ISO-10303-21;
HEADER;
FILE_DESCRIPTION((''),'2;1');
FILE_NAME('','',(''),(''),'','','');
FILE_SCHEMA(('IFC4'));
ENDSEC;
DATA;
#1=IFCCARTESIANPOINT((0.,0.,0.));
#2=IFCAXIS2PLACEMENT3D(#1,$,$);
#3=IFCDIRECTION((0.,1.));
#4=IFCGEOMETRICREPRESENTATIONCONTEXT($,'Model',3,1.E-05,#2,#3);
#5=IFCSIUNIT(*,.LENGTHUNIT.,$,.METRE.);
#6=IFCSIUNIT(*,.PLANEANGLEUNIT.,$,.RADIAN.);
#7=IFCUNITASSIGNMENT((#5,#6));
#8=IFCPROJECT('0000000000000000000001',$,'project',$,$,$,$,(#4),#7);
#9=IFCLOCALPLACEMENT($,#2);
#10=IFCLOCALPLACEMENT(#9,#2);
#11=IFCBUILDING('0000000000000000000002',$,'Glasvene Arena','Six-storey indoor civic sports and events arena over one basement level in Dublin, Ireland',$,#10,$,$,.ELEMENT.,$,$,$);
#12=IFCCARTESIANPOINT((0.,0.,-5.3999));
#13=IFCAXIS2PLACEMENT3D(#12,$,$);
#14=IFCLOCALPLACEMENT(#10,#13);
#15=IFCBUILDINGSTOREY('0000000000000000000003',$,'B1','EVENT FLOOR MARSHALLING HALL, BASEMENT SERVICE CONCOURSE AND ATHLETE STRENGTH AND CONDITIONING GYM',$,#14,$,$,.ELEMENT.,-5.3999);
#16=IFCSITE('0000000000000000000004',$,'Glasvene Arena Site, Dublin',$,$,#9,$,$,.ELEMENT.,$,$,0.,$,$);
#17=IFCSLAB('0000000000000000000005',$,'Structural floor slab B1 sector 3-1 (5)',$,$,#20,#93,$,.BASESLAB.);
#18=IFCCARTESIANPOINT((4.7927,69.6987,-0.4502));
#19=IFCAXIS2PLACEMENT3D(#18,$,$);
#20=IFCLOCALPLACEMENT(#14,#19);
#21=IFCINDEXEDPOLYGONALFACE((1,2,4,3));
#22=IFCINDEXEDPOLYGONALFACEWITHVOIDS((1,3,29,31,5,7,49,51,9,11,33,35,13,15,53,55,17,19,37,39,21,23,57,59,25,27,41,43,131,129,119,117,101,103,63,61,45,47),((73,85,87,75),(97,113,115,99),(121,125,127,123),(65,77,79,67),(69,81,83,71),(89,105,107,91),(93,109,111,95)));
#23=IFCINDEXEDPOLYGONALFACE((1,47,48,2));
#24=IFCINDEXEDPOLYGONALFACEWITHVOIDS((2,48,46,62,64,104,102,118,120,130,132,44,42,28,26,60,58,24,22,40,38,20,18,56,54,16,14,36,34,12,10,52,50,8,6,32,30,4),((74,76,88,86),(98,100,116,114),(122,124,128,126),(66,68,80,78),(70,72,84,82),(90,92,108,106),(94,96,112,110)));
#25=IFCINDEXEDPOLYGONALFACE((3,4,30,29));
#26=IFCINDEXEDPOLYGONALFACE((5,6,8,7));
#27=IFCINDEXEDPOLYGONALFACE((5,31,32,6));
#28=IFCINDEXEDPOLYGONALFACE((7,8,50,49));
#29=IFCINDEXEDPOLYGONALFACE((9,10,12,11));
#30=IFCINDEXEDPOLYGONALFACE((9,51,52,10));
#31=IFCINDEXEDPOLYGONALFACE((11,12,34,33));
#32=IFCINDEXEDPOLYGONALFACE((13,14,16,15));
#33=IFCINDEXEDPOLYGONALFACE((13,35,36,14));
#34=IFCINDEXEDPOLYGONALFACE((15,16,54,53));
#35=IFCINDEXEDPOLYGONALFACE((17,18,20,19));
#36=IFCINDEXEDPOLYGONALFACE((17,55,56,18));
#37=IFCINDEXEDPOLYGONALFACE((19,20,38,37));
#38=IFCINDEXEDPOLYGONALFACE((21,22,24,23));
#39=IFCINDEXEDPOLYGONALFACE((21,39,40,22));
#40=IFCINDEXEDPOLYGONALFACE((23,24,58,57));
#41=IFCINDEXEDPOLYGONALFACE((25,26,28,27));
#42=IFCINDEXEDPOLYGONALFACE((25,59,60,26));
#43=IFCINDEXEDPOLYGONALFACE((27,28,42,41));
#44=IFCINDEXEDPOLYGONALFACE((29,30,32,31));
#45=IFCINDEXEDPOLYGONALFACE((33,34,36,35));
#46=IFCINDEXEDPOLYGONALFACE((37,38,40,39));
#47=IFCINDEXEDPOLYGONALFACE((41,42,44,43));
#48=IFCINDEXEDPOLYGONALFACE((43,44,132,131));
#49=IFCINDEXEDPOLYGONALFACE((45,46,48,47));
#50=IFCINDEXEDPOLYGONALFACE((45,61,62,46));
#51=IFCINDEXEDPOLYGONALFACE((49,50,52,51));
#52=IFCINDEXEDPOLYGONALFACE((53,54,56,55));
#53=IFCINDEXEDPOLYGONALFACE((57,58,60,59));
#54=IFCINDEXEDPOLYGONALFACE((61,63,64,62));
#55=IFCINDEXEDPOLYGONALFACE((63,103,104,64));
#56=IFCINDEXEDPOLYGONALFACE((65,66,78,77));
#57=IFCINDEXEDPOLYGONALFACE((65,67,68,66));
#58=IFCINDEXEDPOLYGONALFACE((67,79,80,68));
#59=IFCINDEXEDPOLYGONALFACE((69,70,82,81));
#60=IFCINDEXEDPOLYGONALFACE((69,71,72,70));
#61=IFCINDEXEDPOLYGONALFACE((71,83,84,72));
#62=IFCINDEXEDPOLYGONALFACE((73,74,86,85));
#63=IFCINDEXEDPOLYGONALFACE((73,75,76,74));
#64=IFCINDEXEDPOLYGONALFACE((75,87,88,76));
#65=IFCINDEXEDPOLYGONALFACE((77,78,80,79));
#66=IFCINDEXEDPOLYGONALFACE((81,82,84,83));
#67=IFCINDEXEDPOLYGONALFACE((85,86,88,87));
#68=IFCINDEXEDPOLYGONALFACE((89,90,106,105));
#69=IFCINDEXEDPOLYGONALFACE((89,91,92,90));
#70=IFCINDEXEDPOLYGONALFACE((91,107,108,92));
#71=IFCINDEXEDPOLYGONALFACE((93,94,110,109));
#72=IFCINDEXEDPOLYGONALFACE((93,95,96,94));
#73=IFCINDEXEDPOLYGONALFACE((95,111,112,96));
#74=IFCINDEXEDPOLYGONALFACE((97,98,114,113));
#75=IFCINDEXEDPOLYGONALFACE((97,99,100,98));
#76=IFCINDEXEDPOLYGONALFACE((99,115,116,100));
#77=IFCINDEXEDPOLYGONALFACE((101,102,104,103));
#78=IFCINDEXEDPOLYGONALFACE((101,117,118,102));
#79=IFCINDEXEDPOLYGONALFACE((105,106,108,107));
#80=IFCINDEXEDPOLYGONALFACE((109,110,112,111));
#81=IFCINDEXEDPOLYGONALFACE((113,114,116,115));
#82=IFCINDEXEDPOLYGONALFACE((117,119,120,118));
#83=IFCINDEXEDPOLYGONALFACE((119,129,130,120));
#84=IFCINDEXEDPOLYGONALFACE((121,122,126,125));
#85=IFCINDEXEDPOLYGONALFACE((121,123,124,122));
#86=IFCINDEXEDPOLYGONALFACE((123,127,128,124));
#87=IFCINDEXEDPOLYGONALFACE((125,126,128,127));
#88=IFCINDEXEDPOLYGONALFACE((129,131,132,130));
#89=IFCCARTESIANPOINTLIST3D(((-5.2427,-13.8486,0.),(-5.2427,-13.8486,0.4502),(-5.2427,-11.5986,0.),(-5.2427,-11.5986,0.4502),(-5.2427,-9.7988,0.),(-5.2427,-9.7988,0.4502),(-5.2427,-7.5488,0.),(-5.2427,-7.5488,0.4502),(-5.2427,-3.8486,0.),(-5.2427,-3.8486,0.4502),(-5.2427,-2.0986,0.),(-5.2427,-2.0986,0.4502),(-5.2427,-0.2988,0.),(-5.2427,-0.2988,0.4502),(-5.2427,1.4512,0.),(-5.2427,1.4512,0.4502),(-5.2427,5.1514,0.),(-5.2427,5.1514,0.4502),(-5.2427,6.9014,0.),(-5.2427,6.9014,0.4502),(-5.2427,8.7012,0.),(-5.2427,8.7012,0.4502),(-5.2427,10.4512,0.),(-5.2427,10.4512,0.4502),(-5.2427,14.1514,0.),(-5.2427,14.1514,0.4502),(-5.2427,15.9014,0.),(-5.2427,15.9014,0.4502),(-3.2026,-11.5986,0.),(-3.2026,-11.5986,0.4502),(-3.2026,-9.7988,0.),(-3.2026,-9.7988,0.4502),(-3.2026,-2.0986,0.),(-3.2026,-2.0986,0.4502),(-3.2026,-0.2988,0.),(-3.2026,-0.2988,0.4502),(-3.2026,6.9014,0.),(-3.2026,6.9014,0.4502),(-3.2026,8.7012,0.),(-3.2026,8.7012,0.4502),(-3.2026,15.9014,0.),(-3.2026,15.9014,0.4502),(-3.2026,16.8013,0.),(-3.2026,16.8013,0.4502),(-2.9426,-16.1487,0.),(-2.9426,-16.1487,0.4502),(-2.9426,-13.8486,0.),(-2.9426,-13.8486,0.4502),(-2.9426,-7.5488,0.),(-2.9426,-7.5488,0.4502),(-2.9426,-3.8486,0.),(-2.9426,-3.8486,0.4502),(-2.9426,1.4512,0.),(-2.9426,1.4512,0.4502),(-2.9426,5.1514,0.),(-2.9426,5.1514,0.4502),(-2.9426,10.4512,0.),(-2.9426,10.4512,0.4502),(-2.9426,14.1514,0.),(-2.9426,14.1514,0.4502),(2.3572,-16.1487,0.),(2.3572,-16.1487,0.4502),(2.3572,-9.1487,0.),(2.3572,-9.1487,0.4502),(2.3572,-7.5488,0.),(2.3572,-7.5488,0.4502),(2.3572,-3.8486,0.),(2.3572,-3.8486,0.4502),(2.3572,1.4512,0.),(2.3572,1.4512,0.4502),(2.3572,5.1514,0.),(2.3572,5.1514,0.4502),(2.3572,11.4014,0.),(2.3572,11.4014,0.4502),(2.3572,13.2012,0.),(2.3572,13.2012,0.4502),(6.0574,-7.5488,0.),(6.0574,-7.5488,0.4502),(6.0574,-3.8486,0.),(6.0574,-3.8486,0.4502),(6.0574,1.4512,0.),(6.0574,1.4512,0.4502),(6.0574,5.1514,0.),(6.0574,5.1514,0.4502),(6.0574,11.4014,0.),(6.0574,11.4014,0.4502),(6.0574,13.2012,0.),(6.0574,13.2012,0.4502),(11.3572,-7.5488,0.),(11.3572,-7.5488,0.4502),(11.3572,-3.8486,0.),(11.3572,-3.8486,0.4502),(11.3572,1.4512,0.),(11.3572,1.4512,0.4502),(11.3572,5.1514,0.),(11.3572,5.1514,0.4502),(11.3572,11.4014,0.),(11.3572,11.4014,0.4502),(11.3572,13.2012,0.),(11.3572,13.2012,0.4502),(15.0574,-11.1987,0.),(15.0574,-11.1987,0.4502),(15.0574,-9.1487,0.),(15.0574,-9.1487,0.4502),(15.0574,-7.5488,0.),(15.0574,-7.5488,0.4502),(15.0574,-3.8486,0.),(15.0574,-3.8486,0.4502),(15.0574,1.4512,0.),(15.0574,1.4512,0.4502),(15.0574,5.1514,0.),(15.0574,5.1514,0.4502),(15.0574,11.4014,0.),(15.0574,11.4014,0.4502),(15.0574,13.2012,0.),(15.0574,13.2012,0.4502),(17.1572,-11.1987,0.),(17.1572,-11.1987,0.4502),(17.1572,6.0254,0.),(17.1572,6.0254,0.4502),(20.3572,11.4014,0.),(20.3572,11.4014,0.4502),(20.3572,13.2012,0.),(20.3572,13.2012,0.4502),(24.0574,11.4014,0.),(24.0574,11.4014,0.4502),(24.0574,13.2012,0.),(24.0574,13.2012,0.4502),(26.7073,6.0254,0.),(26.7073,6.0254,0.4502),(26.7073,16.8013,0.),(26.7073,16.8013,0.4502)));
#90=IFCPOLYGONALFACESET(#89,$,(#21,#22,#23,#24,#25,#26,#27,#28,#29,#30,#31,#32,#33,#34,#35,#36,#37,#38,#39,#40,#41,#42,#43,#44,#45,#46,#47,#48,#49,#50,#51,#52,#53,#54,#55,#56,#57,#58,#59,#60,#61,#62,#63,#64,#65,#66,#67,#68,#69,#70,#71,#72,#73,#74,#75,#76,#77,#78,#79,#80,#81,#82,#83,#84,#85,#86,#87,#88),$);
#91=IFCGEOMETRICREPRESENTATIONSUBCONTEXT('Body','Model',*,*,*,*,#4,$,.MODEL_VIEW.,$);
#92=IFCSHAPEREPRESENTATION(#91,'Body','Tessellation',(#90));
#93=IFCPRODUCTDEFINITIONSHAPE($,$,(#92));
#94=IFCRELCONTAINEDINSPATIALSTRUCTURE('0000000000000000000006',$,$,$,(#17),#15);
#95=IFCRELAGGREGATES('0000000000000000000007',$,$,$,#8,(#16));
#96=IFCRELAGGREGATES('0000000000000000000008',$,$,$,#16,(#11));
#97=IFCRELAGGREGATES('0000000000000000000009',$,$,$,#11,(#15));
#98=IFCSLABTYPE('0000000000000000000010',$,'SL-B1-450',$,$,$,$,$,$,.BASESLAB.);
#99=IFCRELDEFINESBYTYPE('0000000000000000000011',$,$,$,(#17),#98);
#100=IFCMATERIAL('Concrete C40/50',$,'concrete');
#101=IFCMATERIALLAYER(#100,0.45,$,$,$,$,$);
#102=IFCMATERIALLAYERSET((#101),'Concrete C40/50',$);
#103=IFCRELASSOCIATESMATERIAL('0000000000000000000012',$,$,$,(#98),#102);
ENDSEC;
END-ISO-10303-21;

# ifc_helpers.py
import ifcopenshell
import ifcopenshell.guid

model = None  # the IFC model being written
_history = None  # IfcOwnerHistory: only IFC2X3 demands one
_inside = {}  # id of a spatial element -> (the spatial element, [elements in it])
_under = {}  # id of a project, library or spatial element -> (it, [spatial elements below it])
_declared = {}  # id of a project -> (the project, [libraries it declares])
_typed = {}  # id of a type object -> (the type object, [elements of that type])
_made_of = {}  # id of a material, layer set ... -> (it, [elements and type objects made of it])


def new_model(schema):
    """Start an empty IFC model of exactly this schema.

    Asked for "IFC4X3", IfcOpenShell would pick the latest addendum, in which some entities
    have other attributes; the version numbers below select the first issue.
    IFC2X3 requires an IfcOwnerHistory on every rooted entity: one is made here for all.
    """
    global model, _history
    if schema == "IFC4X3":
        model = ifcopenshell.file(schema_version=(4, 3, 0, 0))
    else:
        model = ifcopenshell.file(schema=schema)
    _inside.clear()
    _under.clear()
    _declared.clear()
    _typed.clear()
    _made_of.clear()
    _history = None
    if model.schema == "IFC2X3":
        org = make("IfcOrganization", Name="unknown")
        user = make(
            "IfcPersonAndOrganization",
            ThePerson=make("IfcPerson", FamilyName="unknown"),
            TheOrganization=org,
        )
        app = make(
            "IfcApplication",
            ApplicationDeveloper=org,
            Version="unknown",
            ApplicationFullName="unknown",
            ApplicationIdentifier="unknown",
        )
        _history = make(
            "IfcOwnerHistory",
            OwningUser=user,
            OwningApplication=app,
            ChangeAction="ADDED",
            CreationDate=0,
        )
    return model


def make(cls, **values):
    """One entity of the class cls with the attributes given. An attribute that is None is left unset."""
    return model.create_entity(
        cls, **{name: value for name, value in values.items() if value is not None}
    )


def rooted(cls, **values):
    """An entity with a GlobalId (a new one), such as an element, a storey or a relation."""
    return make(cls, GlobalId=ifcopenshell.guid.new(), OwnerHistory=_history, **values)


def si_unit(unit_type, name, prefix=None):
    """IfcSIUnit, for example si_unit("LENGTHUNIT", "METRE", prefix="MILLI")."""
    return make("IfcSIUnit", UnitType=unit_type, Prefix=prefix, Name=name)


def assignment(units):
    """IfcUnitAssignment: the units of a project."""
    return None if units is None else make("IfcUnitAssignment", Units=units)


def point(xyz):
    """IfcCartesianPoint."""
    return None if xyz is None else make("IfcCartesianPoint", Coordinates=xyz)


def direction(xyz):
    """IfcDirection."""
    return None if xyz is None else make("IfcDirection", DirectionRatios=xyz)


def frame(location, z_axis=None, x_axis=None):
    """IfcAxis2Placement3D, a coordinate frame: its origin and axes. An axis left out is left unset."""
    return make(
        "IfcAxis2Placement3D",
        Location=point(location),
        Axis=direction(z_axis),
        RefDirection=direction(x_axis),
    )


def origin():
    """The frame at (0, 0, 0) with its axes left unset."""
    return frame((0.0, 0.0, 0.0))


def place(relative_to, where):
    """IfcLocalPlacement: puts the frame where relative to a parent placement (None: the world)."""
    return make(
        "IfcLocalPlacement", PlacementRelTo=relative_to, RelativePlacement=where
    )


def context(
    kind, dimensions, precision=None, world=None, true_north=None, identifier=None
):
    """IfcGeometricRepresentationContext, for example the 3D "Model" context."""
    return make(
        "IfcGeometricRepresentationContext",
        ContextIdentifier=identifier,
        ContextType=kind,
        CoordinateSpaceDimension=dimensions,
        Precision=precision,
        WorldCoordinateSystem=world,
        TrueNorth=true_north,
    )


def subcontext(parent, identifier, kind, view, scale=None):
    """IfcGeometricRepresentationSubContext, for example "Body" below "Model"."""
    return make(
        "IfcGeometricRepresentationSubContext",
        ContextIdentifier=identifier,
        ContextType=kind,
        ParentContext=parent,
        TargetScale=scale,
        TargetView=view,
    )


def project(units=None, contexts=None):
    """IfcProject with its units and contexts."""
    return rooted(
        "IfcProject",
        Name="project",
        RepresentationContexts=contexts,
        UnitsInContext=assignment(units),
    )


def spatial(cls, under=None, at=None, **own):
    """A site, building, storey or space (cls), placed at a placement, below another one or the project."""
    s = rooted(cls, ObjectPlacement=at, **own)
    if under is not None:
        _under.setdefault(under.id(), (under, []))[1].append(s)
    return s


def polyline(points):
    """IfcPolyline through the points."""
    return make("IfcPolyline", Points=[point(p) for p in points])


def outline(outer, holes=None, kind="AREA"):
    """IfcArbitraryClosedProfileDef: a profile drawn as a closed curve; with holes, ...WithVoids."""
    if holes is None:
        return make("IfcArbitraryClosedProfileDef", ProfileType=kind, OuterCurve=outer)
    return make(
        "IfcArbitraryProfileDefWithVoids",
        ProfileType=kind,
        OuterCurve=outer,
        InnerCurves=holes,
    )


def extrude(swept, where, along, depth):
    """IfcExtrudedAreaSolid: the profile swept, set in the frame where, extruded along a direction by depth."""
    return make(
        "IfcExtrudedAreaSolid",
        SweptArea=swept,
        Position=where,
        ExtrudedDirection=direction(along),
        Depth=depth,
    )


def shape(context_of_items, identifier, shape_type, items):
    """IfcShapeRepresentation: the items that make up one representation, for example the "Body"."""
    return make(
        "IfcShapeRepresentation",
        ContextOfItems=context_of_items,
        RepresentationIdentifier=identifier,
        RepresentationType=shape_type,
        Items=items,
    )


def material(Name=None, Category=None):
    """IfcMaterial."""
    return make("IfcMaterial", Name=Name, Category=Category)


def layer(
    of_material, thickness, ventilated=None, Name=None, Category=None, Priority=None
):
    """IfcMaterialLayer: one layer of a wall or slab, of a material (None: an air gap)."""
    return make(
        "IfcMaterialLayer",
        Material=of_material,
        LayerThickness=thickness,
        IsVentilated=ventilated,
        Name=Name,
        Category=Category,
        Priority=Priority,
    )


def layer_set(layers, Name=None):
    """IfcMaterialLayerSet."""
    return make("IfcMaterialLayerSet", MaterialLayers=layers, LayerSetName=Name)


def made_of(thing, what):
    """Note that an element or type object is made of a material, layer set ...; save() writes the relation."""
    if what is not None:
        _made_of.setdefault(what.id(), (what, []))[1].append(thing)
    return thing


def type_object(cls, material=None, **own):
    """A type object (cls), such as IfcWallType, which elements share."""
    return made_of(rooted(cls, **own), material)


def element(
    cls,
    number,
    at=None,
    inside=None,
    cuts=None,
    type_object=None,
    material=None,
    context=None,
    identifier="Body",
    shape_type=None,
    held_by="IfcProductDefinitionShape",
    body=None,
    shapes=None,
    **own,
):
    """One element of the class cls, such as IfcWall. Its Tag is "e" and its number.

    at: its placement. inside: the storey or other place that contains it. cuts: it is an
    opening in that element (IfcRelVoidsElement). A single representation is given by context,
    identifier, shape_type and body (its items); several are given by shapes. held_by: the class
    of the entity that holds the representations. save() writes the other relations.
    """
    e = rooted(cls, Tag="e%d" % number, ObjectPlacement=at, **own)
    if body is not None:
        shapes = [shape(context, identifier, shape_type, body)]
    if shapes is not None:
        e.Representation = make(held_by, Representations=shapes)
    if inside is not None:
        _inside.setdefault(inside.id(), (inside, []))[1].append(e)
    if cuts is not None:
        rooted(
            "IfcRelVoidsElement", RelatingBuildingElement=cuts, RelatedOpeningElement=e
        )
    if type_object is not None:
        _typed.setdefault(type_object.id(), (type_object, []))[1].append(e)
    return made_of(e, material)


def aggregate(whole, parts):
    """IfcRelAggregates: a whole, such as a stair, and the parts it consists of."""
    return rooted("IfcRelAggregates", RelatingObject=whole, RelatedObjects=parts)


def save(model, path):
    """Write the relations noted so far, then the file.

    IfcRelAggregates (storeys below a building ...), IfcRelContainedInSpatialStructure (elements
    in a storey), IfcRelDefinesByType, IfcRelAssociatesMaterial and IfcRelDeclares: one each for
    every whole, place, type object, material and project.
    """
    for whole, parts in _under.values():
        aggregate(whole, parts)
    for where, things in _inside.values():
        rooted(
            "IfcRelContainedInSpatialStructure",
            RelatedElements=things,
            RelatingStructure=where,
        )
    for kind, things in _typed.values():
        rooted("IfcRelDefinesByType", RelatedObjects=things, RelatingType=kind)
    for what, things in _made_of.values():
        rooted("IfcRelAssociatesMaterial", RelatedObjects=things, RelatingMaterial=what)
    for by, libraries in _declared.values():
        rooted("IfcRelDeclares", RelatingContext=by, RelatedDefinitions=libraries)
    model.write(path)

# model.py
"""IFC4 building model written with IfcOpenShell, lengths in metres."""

from ifc_helpers import new_model, si_unit, direction, frame, origin, place, context, subcontext, project, spatial, polyline, outline, extrude, material, layer, layer_set, type_object, element, save


model = new_model("IFC4")

# Units and contexts
model_context = context("Model", 3, precision=1e-05, world=origin(), true_north=direction((0.0, 1.0)))
body_context = subcontext(model_context, "Body", "Model", "MODEL_VIEW")
ifc_project = project(units=[si_unit("LENGTHUNIT", "METRE"), si_unit("PLANEANGLEUNIT", "RADIAN")], contexts=[model_context])

# Site, building, storey
site_placement = place(None, origin())
site = spatial("IfcSite", under=ifc_project, at=site_placement, Name="Glasvene Arena Site, Dublin", CompositionType="ELEMENT", RefElevation=0.0)
building_placement = place(site_placement, origin())
building = spatial("IfcBuilding", under=site, at=building_placement, Name="Glasvene Arena", Description="Six-storey indoor civic sports and events arena over one basement level in Dublin, Ireland", CompositionType="ELEMENT")
storey_placement = place(building_placement, frame((0.0, 0.0, -5.3999)))
storey = spatial("IfcBuildingStorey", under=building, at=storey_placement, Name="B1", Description="EVENT FLOOR MARSHALLING HALL, BASEMENT SERVICE CONCOURSE AND ATHLETE STRENGTH AND CONDITIONING GYM", CompositionType="ELEMENT", Elevation=-5.3999)

# Shared definitions
ifc_material_1 = material(Name="Concrete C40/50", Category="concrete")

# Slab
ifc_layer_1 = layer(ifc_material_1, 0.45)
ifc_layer_set_1 = layer_set([ifc_layer_1], Name="Concrete C40/50")
slab_type = type_object("IfcSlabType", Name="SL-B1-450", PredefinedType="BASESLAB", material=ifc_layer_set_1)
slab_placement = place(storey_placement, frame((4.7927, 69.6987, -0.4502)))
element("IfcSlab", 1, at=slab_placement, inside=storey, type_object=slab_type, Name="Structural floor slab B1 sector 3-1 (5)", PredefinedType="BASESLAB", context=body_context, shape_type="SweptSolid", body=[
    extrude(outline(polyline([(-5.2427, -13.8486), (-5.2427, -11.5986), (-3.2026, -11.5986), (-3.2026, -9.7988), (-5.2427, -9.7988), (-5.2427, -7.5488), (-2.9426, -7.5488), (-2.9426, -3.8486), (-5.2427, -3.8486), (-5.2427, -2.0986), (-3.2026, -2.0986), (-3.2026, -0.2988), (-5.2427, -0.2988), (-5.2427, 1.4512), (-2.9426, 1.4512), (-2.9426, 5.1514), (-5.2427, 5.1514), (-5.2427, 6.9014), (-3.2026, 6.9014), (-3.2026, 8.7012), (-5.2427, 8.7012), (-5.2427, 10.4512), (-2.9426, 10.4512), (-2.9426, 14.1514), (-5.2427, 14.1514), (-5.2427, 15.9014), (-3.2026, 15.9014), (-3.2026, 16.8013), (26.7073, 16.8013), (26.7073, 6.0254), (17.1572, 6.0254), (17.1572, -11.1987), (15.0574, -11.1987), (15.0574, -9.1487), (2.3572, -9.1487), (2.3572, -16.1487), (-2.9426, -16.1487), (-2.9426, -13.8486), (-5.2427, -13.8486)]), holes=[polyline([(24.0574, 11.4014), (24.0574, 13.2012), (20.3572, 13.2012), (20.3572, 11.4014), (24.0574, 11.4014)]), polyline([(15.0574, -7.5488), (15.0574, -3.8486), (11.3572, -3.8486), (11.3572, -7.5488), (15.0574, -7.5488)]), polyline([(15.0574, 1.4512), (15.0574, 5.1514), (11.3572, 5.1514), (11.3572, 1.4512), (15.0574, 1.4512)]), polyline([(15.0574, 13.2012), (11.3572, 13.2012), (11.3572, 11.4014), (15.0574, 11.4014), (15.0574, 13.2012)]), polyline([(6.0574, -7.5488), (6.0574, -3.8486), (2.3572, -3.8486), (2.3572, -7.5488), (6.0574, -7.5488)]), polyline([(6.0574, 1.4512), (6.0574, 5.1514), (2.3572, 5.1514), (2.3572, 1.4512), (6.0574, 1.4512)]), polyline([(6.0574, 11.4014), (6.0574, 13.2012), (2.3572, 13.2012), (2.3572, 11.4014), (6.0574, 11.4014)])]), origin(), (0.0, 0.0, 1.0), 0.4502),
])

save(model, "model.ifc")
